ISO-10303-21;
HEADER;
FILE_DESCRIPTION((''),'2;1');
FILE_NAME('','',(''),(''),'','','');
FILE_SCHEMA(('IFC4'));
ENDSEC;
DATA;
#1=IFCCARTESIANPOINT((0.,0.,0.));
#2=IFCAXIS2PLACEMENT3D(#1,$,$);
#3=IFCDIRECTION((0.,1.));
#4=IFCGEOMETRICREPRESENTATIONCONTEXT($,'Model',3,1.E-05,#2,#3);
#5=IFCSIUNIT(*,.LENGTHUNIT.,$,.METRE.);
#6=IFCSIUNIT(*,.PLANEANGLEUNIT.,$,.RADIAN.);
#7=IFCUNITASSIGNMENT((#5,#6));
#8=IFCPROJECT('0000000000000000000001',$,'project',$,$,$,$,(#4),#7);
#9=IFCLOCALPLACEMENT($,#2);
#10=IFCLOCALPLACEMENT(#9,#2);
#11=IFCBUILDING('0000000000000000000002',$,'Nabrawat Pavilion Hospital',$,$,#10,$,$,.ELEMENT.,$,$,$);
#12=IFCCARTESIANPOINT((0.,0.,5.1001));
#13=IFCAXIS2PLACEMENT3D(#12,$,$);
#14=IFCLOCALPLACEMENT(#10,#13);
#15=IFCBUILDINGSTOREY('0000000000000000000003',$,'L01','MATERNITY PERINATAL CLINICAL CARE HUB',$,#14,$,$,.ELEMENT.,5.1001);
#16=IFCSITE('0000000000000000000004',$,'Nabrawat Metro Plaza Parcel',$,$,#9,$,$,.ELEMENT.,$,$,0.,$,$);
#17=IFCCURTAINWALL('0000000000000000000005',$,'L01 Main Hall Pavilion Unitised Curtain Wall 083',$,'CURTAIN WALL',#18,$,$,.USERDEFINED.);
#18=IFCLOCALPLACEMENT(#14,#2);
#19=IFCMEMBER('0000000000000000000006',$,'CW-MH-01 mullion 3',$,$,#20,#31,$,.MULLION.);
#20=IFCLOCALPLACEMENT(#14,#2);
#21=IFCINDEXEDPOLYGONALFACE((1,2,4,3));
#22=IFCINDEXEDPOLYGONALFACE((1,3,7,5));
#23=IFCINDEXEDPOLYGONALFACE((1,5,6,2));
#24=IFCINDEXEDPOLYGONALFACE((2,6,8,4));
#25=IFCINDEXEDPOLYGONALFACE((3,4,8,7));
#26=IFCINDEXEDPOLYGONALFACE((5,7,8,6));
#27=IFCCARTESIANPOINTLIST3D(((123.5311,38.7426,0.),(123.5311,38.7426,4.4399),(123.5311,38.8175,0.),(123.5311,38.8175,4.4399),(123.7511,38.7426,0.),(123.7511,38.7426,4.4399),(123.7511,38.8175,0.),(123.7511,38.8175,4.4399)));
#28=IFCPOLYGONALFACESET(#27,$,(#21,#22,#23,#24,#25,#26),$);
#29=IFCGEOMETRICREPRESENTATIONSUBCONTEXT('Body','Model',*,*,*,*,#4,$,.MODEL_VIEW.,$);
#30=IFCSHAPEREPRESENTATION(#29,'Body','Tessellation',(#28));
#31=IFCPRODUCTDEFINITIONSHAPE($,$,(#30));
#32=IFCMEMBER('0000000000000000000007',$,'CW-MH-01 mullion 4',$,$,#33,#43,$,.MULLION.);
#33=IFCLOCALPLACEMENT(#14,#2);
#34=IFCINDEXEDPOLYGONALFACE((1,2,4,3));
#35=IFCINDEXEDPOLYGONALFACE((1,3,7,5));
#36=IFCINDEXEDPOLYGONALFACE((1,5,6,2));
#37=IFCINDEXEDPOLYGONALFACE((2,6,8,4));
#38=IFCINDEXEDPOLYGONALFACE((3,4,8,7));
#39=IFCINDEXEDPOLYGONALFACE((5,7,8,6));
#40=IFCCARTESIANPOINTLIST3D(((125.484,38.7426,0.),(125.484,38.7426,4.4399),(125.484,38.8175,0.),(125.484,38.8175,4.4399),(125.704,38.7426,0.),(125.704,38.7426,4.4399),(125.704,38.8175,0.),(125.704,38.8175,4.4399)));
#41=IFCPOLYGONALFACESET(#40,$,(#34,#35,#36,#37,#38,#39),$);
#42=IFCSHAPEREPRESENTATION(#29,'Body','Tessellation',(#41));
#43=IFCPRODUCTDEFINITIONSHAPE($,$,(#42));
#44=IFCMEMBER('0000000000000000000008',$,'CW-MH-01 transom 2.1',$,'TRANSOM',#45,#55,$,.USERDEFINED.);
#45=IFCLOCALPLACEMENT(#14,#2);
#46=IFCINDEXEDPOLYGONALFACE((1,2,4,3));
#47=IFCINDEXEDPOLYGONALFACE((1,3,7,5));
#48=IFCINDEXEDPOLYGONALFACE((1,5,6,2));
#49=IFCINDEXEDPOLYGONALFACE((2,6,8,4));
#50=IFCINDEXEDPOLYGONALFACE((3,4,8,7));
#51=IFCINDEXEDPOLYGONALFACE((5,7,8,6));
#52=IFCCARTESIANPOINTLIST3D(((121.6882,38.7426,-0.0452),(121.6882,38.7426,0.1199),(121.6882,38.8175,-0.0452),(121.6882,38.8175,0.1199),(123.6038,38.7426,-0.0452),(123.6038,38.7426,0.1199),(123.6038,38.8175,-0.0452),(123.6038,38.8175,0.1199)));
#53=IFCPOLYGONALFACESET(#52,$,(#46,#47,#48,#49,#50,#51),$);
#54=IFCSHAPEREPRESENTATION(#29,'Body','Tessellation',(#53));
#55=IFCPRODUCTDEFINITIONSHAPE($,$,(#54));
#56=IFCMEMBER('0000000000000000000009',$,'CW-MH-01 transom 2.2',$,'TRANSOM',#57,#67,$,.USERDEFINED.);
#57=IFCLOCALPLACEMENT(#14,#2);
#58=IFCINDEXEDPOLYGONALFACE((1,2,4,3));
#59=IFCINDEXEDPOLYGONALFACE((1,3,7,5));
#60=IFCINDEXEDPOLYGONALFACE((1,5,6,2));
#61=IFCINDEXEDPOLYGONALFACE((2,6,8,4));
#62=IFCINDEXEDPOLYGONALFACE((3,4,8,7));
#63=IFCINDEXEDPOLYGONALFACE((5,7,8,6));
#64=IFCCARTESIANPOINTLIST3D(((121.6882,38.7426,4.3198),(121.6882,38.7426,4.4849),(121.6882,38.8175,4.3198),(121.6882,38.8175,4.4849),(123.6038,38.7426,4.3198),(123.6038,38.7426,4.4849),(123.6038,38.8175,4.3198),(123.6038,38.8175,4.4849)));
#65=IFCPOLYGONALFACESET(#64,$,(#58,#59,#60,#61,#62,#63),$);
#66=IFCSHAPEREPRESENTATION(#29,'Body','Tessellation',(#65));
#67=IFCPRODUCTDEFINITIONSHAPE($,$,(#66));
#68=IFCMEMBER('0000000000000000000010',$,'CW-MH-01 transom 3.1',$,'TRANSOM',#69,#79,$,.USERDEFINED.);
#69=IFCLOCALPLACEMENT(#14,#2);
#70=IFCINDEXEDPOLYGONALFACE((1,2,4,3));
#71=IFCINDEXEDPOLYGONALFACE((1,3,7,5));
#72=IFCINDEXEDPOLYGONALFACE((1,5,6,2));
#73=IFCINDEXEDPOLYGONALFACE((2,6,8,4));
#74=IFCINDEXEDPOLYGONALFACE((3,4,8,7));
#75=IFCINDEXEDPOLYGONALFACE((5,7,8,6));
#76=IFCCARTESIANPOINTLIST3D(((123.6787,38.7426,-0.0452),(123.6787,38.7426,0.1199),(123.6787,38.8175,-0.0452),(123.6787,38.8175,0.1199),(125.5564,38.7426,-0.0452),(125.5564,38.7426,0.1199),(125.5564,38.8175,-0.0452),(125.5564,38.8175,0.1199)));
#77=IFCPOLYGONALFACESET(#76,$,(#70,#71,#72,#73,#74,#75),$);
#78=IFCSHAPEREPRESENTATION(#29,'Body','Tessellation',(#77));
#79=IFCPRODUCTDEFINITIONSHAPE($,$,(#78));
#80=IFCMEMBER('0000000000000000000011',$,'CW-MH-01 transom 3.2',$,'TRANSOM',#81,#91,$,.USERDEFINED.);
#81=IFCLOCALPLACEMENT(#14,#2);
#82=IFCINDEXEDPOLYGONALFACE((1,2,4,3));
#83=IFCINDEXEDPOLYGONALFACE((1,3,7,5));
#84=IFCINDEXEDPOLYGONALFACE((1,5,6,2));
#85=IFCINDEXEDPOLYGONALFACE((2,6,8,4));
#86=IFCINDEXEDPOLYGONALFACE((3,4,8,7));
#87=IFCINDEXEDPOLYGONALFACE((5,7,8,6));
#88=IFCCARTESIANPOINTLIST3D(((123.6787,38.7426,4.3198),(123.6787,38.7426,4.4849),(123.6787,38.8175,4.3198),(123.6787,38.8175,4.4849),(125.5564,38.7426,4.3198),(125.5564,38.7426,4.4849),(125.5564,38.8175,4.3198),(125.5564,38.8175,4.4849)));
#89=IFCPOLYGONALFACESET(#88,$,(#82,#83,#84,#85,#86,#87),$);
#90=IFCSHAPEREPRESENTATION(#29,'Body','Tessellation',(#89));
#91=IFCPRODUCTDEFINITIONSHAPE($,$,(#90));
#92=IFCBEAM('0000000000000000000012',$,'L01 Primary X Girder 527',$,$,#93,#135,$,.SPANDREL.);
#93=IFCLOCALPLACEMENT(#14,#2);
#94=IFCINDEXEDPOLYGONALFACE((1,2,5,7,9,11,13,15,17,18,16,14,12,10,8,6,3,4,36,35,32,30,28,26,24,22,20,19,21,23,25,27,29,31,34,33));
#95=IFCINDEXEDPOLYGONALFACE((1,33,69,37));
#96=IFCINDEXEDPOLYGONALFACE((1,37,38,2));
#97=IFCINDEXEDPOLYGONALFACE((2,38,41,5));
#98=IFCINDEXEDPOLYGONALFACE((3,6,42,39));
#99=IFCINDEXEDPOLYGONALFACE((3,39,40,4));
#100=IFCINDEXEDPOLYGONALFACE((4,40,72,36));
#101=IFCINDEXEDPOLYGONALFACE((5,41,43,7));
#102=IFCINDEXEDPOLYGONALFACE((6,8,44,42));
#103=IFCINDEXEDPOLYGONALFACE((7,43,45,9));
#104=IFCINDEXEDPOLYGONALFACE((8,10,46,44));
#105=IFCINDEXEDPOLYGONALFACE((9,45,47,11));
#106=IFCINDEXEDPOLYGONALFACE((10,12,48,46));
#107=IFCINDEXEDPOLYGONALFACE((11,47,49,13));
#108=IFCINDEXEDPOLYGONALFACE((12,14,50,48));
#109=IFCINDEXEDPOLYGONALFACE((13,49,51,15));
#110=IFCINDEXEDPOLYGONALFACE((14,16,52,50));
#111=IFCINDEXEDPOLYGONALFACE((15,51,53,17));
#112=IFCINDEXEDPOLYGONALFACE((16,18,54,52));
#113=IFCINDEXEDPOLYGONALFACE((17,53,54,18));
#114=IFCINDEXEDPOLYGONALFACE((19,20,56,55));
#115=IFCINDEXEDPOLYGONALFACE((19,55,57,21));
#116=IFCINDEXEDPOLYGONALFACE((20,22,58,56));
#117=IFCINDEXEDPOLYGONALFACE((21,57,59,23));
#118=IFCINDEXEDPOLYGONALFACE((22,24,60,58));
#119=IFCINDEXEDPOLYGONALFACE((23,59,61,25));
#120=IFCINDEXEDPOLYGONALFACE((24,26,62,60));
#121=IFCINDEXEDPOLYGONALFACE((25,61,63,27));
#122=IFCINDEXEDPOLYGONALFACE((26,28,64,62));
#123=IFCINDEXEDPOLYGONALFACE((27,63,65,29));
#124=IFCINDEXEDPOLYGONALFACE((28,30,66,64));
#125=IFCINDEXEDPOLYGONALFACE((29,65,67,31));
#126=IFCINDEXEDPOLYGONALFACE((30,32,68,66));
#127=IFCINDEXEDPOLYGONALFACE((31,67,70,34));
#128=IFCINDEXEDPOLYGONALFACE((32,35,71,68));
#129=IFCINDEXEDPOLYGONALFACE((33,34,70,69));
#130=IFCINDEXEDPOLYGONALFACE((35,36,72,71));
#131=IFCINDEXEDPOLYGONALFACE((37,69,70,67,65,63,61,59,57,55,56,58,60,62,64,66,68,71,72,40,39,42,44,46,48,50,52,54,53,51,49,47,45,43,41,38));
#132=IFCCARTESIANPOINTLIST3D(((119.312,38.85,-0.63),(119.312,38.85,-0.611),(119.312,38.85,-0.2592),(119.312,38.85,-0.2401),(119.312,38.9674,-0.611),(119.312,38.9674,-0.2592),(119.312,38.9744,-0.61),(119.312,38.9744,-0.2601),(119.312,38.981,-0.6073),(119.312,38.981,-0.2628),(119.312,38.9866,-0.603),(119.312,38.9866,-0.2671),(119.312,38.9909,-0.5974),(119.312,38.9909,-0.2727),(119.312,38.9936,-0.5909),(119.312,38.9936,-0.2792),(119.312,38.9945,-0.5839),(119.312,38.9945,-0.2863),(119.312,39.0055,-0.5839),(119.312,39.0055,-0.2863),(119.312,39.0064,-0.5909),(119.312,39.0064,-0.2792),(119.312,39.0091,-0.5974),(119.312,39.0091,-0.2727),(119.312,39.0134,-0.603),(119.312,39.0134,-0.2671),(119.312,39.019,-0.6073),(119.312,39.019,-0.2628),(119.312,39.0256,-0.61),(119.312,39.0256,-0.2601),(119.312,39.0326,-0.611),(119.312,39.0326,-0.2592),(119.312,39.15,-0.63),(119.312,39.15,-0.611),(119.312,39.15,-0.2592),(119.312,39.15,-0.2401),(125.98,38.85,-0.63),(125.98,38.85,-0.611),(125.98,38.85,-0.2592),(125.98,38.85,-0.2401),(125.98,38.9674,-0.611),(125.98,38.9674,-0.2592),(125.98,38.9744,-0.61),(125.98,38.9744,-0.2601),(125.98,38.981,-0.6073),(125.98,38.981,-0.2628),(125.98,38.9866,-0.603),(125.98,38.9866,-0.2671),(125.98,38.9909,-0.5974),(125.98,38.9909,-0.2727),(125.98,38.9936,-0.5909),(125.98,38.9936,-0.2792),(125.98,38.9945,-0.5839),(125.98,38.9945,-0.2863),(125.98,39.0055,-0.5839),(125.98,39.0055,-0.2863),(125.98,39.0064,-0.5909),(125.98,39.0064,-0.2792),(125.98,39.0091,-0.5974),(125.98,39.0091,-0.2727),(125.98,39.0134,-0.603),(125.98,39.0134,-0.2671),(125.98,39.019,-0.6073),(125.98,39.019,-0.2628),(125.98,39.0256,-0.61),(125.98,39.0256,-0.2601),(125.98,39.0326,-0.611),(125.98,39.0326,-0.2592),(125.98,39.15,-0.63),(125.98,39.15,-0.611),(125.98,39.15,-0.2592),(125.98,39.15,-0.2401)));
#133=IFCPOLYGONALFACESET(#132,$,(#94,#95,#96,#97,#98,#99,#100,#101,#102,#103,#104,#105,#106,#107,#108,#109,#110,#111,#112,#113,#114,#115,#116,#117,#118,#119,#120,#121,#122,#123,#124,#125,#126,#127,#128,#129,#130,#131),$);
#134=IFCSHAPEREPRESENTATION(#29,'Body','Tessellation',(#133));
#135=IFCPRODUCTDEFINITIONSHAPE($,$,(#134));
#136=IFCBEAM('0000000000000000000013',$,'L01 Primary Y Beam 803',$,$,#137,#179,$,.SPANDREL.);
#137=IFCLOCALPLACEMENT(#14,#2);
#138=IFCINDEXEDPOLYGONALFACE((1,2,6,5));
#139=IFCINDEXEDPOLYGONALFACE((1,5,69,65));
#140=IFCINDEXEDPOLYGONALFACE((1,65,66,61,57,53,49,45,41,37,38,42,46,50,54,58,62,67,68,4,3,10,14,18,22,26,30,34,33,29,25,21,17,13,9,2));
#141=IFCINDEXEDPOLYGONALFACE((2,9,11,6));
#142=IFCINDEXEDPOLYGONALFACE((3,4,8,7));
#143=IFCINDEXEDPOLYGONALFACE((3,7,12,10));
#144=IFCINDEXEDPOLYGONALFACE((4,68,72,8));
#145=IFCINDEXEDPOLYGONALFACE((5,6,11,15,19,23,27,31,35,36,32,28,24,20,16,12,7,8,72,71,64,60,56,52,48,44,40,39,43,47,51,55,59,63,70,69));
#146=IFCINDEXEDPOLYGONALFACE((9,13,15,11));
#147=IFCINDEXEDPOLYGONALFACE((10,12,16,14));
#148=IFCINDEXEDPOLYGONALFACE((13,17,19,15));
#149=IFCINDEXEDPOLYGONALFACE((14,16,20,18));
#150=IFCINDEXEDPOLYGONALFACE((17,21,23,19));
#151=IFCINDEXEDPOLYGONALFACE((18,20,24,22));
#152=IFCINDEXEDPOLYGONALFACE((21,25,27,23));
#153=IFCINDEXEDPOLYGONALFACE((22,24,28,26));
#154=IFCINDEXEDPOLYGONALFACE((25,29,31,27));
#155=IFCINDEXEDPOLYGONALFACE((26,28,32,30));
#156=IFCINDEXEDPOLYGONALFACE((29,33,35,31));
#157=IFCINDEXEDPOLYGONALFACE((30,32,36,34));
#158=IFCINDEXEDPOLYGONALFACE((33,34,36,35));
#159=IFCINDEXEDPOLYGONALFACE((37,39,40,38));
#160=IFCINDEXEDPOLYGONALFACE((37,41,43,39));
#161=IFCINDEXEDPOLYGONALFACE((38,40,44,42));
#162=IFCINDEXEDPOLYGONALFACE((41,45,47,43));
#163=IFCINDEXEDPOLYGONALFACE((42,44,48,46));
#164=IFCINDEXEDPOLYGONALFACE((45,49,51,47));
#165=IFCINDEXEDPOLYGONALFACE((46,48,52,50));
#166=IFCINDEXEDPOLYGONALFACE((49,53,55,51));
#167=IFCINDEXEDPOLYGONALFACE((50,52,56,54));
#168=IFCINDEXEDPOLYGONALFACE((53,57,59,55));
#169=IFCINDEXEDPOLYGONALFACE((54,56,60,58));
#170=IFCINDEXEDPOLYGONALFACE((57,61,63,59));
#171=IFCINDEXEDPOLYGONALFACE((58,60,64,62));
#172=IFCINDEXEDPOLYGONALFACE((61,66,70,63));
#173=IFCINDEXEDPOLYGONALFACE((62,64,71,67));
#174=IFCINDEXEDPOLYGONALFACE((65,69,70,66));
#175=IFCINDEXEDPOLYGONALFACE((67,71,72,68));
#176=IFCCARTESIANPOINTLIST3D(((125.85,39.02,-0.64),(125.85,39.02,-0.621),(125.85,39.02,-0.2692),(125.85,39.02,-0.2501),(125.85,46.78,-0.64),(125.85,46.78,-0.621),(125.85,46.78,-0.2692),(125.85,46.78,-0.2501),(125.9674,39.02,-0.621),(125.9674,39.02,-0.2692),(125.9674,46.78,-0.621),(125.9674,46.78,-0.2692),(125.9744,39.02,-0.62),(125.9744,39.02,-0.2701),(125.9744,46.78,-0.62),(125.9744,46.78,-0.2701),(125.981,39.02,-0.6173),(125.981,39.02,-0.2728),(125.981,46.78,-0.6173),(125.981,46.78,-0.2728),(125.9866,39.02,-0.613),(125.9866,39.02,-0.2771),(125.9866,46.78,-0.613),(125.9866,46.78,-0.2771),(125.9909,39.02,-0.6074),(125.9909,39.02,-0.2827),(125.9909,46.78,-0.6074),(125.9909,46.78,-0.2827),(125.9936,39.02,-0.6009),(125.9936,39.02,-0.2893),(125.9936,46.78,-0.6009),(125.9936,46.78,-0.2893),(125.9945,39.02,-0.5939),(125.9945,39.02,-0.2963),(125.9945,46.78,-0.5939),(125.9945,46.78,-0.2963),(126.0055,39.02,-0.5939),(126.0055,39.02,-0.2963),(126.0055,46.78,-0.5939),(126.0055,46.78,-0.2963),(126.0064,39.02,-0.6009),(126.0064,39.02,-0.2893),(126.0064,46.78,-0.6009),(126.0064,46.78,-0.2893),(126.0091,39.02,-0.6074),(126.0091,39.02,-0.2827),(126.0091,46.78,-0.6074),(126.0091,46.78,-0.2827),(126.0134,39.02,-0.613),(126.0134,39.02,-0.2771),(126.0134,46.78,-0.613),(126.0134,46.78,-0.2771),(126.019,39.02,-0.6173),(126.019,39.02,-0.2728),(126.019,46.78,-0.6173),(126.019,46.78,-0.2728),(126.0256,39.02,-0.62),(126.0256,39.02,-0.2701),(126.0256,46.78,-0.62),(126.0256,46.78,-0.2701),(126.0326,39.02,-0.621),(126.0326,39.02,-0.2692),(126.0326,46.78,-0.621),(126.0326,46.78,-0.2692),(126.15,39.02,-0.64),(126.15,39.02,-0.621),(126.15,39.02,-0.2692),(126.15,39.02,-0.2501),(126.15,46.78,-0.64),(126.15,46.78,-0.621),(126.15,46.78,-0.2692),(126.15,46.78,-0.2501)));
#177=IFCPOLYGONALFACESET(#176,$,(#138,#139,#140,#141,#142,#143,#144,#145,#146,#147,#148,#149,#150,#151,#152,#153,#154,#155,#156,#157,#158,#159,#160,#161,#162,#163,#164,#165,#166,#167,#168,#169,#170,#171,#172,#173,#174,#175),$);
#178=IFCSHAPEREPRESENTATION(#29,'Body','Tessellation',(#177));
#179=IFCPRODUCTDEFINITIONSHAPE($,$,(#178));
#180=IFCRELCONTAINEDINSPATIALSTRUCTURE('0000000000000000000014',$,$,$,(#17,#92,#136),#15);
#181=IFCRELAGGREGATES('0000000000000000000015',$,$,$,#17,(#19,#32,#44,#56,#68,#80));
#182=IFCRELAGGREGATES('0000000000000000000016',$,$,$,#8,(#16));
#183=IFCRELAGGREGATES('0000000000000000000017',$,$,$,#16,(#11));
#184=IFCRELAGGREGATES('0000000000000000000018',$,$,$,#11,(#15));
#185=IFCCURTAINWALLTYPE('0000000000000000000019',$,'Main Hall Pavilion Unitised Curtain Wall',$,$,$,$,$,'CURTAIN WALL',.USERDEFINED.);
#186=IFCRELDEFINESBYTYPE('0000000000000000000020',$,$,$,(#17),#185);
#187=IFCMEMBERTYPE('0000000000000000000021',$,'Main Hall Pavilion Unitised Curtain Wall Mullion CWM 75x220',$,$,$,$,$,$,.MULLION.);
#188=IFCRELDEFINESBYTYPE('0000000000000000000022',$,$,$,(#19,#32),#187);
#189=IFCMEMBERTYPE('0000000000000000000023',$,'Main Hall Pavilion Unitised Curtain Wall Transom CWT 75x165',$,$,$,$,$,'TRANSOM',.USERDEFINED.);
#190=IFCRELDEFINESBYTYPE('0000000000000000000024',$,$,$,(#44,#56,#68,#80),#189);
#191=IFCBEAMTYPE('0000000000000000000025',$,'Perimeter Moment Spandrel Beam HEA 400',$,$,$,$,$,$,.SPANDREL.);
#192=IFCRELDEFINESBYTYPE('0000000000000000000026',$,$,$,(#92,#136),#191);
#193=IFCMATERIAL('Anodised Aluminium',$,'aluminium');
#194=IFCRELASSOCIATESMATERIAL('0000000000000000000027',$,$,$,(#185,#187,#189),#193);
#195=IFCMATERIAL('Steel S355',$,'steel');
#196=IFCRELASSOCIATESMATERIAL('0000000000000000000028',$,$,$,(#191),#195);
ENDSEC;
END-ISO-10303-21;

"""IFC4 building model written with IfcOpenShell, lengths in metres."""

from ifc_helpers import new_model, si_unit, direction, frame, origin, origin_2d, place, context, subcontext, project, spatial, rectangle, i_section, extrude, material, material_profile, profile_set, type_object, element, aggregate, save


model = new_model("IFC4")

# Units and contexts
model_context = context("Model", 3, precision=1e-05, world=origin(), true_north=direction((0.0, 1.0)))
body_context = subcontext(model_context, "Body", "Model", "MODEL_VIEW")
ifc_project = project(units=[si_unit("LENGTHUNIT", "METRE"), si_unit("PLANEANGLEUNIT", "RADIAN")], contexts=[model_context])

# Site, building, storey
site_placement = place(None, origin())
site = spatial("IfcSite", under=ifc_project, at=site_placement, Name="Nabrawat Metro Plaza Parcel", CompositionType="ELEMENT", RefElevation=0.0)
building_placement = place(site_placement, origin())
building = spatial("IfcBuilding", under=site, at=building_placement, Name="Nabrawat Pavilion Hospital", CompositionType="ELEMENT")
storey_placement = place(building_placement, frame((0.0, 0.0, 5.1001)))
storey = spatial("IfcBuildingStorey", under=building, at=storey_placement, Name="L01", Description="MATERNITY PERINATAL CLINICAL CARE HUB", CompositionType="ELEMENT", Elevation=5.1001)

# Shared definitions
ifc_material_1 = material(Name="Steel S355", Category="steel")

# Curtain wall, members
ifc_material_2 = material(Name="Anodised Aluminium", Category="aluminium")
curtain_wall_type_1 = type_object("IfcCurtainWallType", Name="Main Hall Pavilion Unitised Curtain Wall", ElementType="CURTAIN WALL", PredefinedType="USERDEFINED", material=ifc_material_2)
curtain_wall_1_placement = place(storey_placement, origin())
curtain_wall_1 = element("IfcCurtainWall", 1, at=curtain_wall_1_placement, inside=storey, type_object=curtain_wall_type_1, Name="L01 Main Hall Pavilion Unitised Curtain Wall 083", ObjectType="CURTAIN WALL", PredefinedType="USERDEFINED")
ifc_material_profile_1 = material_profile(ifc_material_2, rectangle(XDim=0.075, YDim=0.22, at=origin_2d()), Name="CWM 75x220")
ifc_profile_set_1 = profile_set([ifc_material_profile_1], Name="Anodised Aluminium")
member_type_1 = type_object("IfcMemberType", Name="Main Hall Pavilion Unitised Curtain Wall Mullion CWM 75x220", PredefinedType="MULLION", material=ifc_profile_set_1)
member_1_placement = place(storey_placement, frame((123.6411, 38.78, 0.0), z_axis=(0.0, 0.0, 1.0), x_axis=(0.0, 1.0, 0.0)))
member_1 = element("IfcMember", 2, at=member_1_placement, type_object=member_type_1, Name="CW-MH-01 mullion 3", PredefinedType="MULLION", context=body_context, shape_type="SweptSolid", body=[
    extrude(rectangle(XDim=0.075, YDim=0.22, at=origin_2d()), origin(), (0.0, 0.0, 1.0), 4.4399),
])
member_2_placement = place(storey_placement, frame((125.594, 38.78, 0.0), z_axis=(0.0, 0.0, 1.0), x_axis=(0.0, 1.0, 0.0)))
member_2 = element("IfcMember", 3, at=member_2_placement, type_object=member_type_1, Name="CW-MH-01 mullion 4", PredefinedType="MULLION", context=body_context, shape_type="SweptSolid", body=[
    extrude(rectangle(XDim=0.075, YDim=0.22, at=origin_2d()), origin(), (0.0, 0.0, 1.0), 4.4399),
])
ifc_material_profile_2 = material_profile(ifc_material_2, rectangle(XDim=0.075, YDim=0.165, at=origin_2d()), Name="CWT 75x165")
ifc_profile_set_2 = profile_set([ifc_material_profile_2], Name="Anodised Aluminium")
member_type_2 = type_object("IfcMemberType", Name="Main Hall Pavilion Unitised Curtain Wall Transom CWT 75x165", ElementType="TRANSOM", PredefinedType="USERDEFINED", material=ifc_profile_set_2)
member_3_placement = place(storey_placement, frame((121.6882, 38.78, 0.0374), z_axis=(1.0, 0.0, 0.0), x_axis=(0.0, 1.0, 0.0)))
member_3 = element("IfcMember", 4, at=member_3_placement, type_object=member_type_2, Name="CW-MH-01 transom 2.1", ObjectType="TRANSOM", PredefinedType="USERDEFINED", context=body_context, shape_type="SweptSolid", body=[
    extrude(rectangle(XDim=0.075, YDim=0.165, at=origin_2d()), origin(), (0.0, 0.0, 1.0), 1.9155),
])
member_4_placement = place(storey_placement, frame((121.6882, 38.78, 4.4023), z_axis=(1.0, 0.0, 0.0), x_axis=(0.0, 1.0, 0.0)))
member_4 = element("IfcMember", 5, at=member_4_placement, type_object=member_type_2, Name="CW-MH-01 transom 2.2", ObjectType="TRANSOM", PredefinedType="USERDEFINED", context=body_context, shape_type="SweptSolid", body=[
    extrude(rectangle(XDim=0.075, YDim=0.165, at=origin_2d()), origin(), (0.0, 0.0, 1.0), 1.9155),
])
member_5_placement = place(storey_placement, frame((123.6787, 38.78, 0.0374), z_axis=(1.0, 0.0, 0.0), x_axis=(0.0, 1.0, 0.0)))
member_5 = element("IfcMember", 6, at=member_5_placement, type_object=member_type_2, Name="CW-MH-01 transom 3.1", ObjectType="TRANSOM", PredefinedType="USERDEFINED", context=body_context, shape_type="SweptSolid", body=[
    extrude(rectangle(XDim=0.075, YDim=0.165, at=origin_2d()), origin(), (0.0, 0.0, 1.0), 1.8777),
])
member_6_placement = place(storey_placement, frame((123.6787, 38.78, 4.4023), z_axis=(1.0, 0.0, 0.0), x_axis=(0.0, 1.0, 0.0)))
member_6 = element("IfcMember", 7, at=member_6_placement, type_object=member_type_2, Name="CW-MH-01 transom 3.2", ObjectType="TRANSOM", PredefinedType="USERDEFINED", context=body_context, shape_type="SweptSolid", body=[
    extrude(rectangle(XDim=0.075, YDim=0.165, at=origin_2d()), origin(), (0.0, 0.0, 1.0), 1.8777),
])

# Beams
ifc_material_profile_3 = material_profile(ifc_material_1, i_section(OverallWidth=0.3, OverallDepth=0.3899, WebThickness=0.011, FlangeThickness=0.019, FilletRadius=0.0271, at=origin_2d()), Name="HEA 400")
ifc_profile_set_3 = profile_set([ifc_material_profile_3], Name="Steel S355")
beam_type_1 = type_object("IfcBeamType", Name="Perimeter Moment Spandrel Beam HEA 400", PredefinedType="SPANDREL", material=ifc_profile_set_3)
beam_1_placement = place(storey_placement, frame((119.312, 39.0, -0.4351), z_axis=(1.0, 0.0, 0.0), x_axis=(0.0, 1.0, 0.0)))
element("IfcBeam", 8, at=beam_1_placement, inside=storey, type_object=beam_type_1, Name="L01 Primary X Girder 527", PredefinedType="SPANDREL", context=body_context, shape_type="SweptSolid", body=[
    extrude(i_section(OverallWidth=0.3, OverallDepth=0.3899, WebThickness=0.011, FlangeThickness=0.019, FilletRadius=0.0271, at=origin_2d()), origin(), (0.0, 0.0, 1.0), 6.668),
])
beam_2_placement = place(storey_placement, frame((126.0, 39.02, -0.4451), z_axis=(0.0, 1.0, 0.0), x_axis=(-1.0, 0.0, 0.0)))
element("IfcBeam", 9, at=beam_2_placement, inside=storey, type_object=beam_type_1, Name="L01 Primary Y Beam 803", PredefinedType="SPANDREL", context=body_context, shape_type="SweptSolid", body=[
    extrude(i_section(OverallWidth=0.3, OverallDepth=0.3899, WebThickness=0.011, FlangeThickness=0.019, FilletRadius=0.0271, at=origin_2d()), origin(), (0.0, 0.0, 1.0), 7.76),
])

aggregate(curtain_wall_1, [member_1, member_2, member_3, member_4, member_5, member_6])

save(model, "model.ifc")
